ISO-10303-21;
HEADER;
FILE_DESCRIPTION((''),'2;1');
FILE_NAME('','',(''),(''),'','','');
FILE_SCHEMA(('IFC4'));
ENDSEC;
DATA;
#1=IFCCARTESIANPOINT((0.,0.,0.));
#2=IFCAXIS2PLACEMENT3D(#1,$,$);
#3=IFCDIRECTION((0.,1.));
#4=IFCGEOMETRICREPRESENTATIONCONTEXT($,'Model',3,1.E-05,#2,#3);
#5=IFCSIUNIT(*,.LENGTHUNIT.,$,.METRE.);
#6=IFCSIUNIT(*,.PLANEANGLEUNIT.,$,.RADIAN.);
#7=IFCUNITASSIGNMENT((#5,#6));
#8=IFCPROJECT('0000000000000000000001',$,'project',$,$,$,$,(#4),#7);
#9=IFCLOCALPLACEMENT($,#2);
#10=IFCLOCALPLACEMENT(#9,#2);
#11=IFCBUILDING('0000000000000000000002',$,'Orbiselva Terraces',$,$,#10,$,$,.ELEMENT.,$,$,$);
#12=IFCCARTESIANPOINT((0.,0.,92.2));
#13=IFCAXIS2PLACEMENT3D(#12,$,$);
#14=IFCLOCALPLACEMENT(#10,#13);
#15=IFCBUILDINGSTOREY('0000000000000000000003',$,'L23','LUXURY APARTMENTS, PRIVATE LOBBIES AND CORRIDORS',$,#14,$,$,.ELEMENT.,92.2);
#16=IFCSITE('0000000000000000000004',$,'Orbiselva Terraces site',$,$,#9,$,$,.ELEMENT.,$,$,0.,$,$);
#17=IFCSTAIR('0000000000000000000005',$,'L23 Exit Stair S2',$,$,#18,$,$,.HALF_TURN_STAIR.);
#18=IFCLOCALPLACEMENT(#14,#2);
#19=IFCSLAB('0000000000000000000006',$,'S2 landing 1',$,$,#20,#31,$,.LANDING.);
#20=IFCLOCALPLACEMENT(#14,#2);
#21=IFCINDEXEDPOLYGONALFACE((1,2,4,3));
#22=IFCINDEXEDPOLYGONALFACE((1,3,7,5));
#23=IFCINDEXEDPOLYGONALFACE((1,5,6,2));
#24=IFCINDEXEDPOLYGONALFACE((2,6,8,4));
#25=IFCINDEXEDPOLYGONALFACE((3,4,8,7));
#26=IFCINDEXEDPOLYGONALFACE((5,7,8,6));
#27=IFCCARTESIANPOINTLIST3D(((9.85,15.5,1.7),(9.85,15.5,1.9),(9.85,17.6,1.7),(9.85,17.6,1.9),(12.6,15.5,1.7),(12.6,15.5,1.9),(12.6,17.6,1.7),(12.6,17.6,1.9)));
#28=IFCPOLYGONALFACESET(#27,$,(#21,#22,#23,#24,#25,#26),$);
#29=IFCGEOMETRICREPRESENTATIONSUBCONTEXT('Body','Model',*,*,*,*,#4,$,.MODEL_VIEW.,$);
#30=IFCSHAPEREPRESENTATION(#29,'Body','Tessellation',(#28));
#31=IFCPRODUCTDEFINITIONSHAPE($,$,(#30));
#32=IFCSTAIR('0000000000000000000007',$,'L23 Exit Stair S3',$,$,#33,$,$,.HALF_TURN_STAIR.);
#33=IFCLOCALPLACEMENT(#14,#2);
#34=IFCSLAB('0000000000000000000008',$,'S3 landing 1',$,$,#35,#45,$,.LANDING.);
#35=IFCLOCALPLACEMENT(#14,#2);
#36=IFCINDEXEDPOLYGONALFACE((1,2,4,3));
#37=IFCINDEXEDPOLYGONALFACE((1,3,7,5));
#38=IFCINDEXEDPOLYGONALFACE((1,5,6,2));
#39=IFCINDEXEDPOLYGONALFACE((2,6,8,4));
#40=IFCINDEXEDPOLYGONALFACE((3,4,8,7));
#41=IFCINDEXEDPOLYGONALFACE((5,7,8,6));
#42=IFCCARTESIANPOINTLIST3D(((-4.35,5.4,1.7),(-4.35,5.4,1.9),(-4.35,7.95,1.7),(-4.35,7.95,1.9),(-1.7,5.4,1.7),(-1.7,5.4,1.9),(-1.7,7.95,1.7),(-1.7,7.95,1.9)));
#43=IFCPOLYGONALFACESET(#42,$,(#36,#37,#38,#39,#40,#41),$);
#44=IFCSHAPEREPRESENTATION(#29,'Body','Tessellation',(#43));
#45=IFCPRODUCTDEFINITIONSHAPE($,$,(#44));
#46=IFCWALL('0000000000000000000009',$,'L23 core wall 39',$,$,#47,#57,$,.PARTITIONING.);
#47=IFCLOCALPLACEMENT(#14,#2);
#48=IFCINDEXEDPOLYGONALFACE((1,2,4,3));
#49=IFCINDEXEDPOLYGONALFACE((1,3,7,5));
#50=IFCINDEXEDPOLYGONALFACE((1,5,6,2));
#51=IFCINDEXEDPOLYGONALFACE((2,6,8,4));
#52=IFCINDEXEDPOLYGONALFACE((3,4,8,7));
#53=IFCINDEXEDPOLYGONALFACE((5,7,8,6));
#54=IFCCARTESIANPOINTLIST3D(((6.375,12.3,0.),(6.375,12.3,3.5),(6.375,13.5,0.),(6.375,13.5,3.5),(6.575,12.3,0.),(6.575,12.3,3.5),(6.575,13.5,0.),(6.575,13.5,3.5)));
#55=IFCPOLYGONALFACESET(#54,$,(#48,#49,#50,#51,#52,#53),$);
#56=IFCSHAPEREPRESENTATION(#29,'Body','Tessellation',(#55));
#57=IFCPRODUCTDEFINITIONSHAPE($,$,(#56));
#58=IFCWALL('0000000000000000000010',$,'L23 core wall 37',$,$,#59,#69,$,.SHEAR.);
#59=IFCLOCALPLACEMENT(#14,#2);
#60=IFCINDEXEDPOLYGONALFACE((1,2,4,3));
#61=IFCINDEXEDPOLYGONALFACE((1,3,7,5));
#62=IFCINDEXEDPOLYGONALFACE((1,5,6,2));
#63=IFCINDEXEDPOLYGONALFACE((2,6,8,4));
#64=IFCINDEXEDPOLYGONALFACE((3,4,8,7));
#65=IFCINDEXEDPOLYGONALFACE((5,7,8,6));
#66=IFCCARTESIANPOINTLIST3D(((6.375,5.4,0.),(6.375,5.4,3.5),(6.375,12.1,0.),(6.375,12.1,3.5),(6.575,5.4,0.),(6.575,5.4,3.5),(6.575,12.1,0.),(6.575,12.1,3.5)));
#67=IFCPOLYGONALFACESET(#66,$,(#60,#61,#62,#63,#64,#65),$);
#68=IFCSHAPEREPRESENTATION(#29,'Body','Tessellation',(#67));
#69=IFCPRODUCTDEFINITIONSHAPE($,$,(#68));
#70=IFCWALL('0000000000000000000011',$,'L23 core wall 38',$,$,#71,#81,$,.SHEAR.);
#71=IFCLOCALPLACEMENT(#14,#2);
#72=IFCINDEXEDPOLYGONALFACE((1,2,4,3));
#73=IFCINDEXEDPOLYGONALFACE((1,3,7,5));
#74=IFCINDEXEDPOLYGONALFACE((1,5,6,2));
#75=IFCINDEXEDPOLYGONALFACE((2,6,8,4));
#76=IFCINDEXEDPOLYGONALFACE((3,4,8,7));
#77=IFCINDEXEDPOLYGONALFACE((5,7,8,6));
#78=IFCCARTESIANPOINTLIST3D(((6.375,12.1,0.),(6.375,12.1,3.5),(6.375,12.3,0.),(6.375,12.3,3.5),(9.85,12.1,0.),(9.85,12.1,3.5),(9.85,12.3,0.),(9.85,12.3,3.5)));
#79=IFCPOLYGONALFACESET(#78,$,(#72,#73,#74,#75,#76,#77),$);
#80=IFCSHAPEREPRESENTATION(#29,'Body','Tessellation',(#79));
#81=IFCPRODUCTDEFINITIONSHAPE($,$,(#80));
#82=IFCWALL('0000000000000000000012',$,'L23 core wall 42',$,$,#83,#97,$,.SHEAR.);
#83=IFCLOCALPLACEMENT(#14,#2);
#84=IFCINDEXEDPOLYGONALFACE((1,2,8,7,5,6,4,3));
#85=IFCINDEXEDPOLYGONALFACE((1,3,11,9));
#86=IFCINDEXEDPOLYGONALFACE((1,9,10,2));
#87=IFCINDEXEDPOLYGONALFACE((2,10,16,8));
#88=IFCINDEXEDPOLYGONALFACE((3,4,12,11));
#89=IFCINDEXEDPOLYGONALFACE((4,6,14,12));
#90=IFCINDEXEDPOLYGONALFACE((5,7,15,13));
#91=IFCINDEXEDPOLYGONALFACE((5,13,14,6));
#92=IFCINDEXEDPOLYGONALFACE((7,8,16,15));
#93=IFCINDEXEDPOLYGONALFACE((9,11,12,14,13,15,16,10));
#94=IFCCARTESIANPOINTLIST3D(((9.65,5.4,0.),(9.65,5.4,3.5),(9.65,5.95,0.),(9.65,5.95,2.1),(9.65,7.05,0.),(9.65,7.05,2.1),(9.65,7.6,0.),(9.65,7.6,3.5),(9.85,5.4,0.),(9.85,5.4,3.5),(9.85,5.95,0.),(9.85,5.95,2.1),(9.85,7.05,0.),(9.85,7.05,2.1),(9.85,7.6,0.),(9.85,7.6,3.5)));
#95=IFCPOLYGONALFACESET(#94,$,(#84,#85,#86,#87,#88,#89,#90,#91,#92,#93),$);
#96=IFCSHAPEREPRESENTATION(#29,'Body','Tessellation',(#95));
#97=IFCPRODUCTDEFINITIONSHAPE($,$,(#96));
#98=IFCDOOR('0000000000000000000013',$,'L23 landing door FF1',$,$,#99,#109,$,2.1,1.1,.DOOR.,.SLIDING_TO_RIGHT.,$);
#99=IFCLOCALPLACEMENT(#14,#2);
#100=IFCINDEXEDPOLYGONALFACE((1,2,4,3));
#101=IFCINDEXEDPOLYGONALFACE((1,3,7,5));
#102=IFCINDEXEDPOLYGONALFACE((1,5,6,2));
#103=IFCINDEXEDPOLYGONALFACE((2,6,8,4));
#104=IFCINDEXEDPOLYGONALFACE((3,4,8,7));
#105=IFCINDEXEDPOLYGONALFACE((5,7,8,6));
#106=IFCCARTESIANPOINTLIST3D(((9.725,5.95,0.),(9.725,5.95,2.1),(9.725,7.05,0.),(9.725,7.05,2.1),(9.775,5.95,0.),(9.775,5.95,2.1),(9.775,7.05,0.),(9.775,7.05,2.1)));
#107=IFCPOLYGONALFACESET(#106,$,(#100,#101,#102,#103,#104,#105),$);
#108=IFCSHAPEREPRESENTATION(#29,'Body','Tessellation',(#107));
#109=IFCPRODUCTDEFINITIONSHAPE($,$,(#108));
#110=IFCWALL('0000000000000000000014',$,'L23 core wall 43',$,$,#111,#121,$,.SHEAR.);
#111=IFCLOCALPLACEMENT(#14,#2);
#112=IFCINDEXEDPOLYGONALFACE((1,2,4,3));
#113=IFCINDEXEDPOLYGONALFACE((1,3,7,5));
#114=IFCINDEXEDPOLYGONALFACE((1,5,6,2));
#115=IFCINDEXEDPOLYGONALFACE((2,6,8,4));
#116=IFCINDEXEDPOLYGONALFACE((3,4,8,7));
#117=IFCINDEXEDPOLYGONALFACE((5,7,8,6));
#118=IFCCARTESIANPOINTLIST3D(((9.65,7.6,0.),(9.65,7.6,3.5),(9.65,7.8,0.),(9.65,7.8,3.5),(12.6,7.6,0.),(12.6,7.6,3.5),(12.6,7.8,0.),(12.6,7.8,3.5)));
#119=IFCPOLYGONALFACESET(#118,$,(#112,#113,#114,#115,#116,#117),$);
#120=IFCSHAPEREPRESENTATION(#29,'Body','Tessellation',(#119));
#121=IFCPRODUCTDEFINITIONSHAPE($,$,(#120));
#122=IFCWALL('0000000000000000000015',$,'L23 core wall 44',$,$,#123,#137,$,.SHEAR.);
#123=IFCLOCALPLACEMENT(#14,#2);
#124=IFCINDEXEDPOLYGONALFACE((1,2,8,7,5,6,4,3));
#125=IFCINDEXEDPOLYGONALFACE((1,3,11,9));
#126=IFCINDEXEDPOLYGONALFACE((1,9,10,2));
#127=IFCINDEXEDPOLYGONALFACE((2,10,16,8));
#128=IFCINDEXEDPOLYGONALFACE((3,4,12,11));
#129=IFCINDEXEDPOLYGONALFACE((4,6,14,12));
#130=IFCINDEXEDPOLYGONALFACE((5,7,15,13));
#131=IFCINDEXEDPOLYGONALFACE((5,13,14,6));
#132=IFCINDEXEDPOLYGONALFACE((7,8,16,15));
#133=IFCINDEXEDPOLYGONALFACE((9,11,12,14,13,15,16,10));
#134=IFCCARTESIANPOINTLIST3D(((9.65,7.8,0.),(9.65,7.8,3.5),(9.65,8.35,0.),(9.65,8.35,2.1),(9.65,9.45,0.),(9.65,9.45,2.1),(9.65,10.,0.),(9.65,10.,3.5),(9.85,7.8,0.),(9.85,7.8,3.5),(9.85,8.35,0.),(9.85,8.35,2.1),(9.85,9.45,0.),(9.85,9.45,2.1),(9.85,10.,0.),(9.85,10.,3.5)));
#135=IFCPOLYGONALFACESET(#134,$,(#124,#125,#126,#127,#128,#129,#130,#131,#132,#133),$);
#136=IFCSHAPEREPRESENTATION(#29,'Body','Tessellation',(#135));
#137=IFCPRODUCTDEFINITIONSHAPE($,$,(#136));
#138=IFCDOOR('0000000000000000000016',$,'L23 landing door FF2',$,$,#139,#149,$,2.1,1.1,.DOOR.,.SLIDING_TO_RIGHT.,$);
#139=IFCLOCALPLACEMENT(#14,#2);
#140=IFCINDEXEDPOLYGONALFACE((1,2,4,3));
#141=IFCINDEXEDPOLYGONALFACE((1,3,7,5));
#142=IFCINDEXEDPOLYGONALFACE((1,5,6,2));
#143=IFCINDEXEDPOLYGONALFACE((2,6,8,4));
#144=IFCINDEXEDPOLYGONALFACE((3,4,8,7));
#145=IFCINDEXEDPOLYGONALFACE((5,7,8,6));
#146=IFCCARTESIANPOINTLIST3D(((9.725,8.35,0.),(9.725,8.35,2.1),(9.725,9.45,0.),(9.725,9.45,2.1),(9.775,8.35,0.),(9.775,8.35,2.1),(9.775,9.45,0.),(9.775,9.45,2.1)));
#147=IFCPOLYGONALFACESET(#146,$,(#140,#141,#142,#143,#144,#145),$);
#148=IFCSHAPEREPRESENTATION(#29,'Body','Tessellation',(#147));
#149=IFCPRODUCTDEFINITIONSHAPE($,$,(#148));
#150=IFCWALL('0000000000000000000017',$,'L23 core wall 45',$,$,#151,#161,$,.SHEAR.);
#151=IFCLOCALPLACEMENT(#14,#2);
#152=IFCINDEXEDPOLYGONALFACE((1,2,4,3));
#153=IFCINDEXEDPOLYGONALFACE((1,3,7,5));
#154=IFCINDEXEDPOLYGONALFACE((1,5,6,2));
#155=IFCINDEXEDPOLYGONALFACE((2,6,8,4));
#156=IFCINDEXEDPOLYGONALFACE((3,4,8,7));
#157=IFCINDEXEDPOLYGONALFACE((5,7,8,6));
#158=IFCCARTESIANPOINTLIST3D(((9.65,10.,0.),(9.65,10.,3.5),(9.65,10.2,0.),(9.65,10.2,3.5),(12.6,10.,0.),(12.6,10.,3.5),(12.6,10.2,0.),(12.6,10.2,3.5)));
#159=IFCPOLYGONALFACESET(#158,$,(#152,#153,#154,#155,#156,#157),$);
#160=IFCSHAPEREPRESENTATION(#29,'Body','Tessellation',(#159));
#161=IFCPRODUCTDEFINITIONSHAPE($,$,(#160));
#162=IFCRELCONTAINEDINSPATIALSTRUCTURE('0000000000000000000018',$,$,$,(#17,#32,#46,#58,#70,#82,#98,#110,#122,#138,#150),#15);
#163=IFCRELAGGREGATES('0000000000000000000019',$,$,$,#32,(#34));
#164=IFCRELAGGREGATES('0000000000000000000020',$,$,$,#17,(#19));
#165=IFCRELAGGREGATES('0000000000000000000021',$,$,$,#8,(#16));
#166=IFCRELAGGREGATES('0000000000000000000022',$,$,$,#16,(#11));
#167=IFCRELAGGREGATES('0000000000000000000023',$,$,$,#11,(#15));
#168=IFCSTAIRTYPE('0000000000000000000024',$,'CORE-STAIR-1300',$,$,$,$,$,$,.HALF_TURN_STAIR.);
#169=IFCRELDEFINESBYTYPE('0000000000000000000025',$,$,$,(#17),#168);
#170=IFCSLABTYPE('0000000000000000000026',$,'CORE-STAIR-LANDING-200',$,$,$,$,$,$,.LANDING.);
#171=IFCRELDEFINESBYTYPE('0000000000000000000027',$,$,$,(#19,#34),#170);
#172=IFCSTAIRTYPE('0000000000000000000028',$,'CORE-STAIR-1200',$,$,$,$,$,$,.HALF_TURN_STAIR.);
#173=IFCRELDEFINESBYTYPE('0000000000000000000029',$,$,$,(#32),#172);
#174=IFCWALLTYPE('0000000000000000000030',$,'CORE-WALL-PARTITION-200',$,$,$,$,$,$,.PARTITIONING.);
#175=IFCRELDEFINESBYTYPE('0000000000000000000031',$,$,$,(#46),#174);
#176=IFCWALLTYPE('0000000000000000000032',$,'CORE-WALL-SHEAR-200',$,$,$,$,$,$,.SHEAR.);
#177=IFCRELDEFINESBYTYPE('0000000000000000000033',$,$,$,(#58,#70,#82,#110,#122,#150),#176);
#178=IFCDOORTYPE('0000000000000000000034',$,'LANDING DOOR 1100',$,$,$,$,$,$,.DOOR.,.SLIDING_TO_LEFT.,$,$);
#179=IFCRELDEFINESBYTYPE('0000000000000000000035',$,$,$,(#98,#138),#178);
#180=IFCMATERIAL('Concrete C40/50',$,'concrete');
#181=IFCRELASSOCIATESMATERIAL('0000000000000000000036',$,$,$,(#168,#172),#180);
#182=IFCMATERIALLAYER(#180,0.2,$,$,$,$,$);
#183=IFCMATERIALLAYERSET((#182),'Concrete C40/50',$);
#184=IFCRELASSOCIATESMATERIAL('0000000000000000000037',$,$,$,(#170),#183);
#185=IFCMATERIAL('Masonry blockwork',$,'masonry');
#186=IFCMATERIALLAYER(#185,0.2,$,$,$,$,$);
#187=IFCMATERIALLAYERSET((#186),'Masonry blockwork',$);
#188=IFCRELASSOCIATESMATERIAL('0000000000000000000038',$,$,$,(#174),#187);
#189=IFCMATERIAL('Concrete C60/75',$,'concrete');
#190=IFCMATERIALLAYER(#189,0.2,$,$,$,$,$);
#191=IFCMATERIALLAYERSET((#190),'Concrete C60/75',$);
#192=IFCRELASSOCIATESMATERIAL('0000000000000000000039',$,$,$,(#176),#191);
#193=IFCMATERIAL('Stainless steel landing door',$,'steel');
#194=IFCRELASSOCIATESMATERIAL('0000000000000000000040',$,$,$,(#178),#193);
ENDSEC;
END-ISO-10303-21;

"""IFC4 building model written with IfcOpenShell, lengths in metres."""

from ifc_helpers import new_model, si_unit, direction, frame, frame_2d, origin, place, context, subcontext, project, spatial, polyline, rectangle, outline, extrude, material, layer, layer_set, type_object, element, fill, aggregate, save


model = new_model("IFC4")

# Units and contexts
model_context = context("Model", 3, precision=1e-05, world=origin(), true_north=direction((0.0, 1.0)))
body_context = subcontext(model_context, "Body", "Model", "MODEL_VIEW")
ifc_project = project(units=[si_unit("LENGTHUNIT", "METRE"), si_unit("PLANEANGLEUNIT", "RADIAN")], contexts=[model_context])

# Site, building, storey
site_placement = place(None, origin())
site = spatial("IfcSite", under=ifc_project, at=site_placement, Name="Orbiselva Terraces site", CompositionType="ELEMENT", RefElevation=0.0)
building_placement = place(site_placement, origin())
building = spatial("IfcBuilding", under=site, at=building_placement, Name="Orbiselva Terraces", CompositionType="ELEMENT")
storey_placement = place(building_placement, frame((0.0, 0.0, 92.2)))
storey = spatial("IfcBuildingStorey", under=building, at=storey_placement, Name="L23", Description="LUXURY APARTMENTS, PRIVATE LOBBIES AND CORRIDORS", CompositionType="ELEMENT", Elevation=92.2)

# Stairs, slabs
ifc_material_1 = material(Name="Concrete C40/50", Category="concrete")
stair_type_1 = type_object("IfcStairType", Name="CORE-STAIR-1300", PredefinedType="HALF_TURN_STAIR", material=ifc_material_1)
stair_1_placement = place(storey_placement, origin())
stair_1 = element("IfcStair", 1, at=stair_1_placement, inside=storey, type_object=stair_type_1, Name="L23 Exit Stair S2", PredefinedType="HALF_TURN_STAIR")
ifc_layer_1 = layer(ifc_material_1, 0.2)
ifc_layer_set_1 = layer_set([ifc_layer_1], Name="Concrete C40/50")
slab_type = type_object("IfcSlabType", Name="CORE-STAIR-LANDING-200", PredefinedType="LANDING", material=ifc_layer_set_1)
slab_1_placement = place(storey_placement, frame((0.0, 0.0, 1.7)))
slab_1 = element("IfcSlab", 2, at=slab_1_placement, type_object=slab_type, Name="S2 landing 1", PredefinedType="LANDING", context=body_context, shape_type="SweptSolid", body=[
    extrude(outline(polyline([(12.6, 15.5), (12.6, 17.6), (9.85, 17.6), (9.85, 15.5), (12.6, 15.5)])), origin(), (0.0, 0.0, 1.0), 0.2),
])
stair_type_2 = type_object("IfcStairType", Name="CORE-STAIR-1200", PredefinedType="HALF_TURN_STAIR", material=ifc_material_1)
stair_2_placement = place(storey_placement, origin())
stair_2 = element("IfcStair", 3, at=stair_2_placement, inside=storey, type_object=stair_type_2, Name="L23 Exit Stair S3", PredefinedType="HALF_TURN_STAIR")
slab_2_placement = place(storey_placement, frame((0.0, 0.0, 1.7)))
slab_2 = element("IfcSlab", 4, at=slab_2_placement, type_object=slab_type, Name="S3 landing 1", PredefinedType="LANDING", context=body_context, shape_type="SweptSolid", body=[
    extrude(outline(polyline([(-4.35, 5.4), (-1.7, 5.4), (-1.7, 7.95), (-4.35, 7.95), (-4.35, 5.4)])), origin(), (0.0, 0.0, 1.0), 0.2),
])
aggregate(stair_2, [slab_2])

# Walls
ifc_material_2 = material(Name="Masonry blockwork", Category="masonry")
ifc_layer_2 = layer(ifc_material_2, 0.2)
ifc_layer_set_2 = layer_set([ifc_layer_2], Name="Masonry blockwork")
wall_type_1 = type_object("IfcWallType", Name="CORE-WALL-PARTITION-200", PredefinedType="PARTITIONING", material=ifc_layer_set_2)
wall_1_placement = place(storey_placement, frame((6.475, 12.3, 0.0), z_axis=(0.0, 0.0, 1.0), x_axis=(0.0, 1.0, 0.0)))
element("IfcWall", 5, at=wall_1_placement, inside=storey, type_object=wall_type_1, Name="L23 core wall 39", PredefinedType="PARTITIONING", context=body_context, shape_type="SweptSolid", body=[
    extrude(rectangle(XDim=1.2, YDim=0.2, at=frame_2d((0.6, 0.0))), origin(), (0.0, 0.0, 1.0), 3.5),
])
ifc_material_3 = material(Name="Concrete C60/75", Category="concrete")
ifc_layer_3 = layer(ifc_material_3, 0.2)
ifc_layer_set_3 = layer_set([ifc_layer_3], Name="Concrete C60/75")
wall_type_2 = type_object("IfcWallType", Name="CORE-WALL-SHEAR-200", PredefinedType="SHEAR", material=ifc_layer_set_3)
wall_2_placement = place(storey_placement, frame((6.475, 5.4, 0.0), z_axis=(0.0, 0.0, 1.0), x_axis=(0.0, 1.0, 0.0)))
element("IfcWall", 6, at=wall_2_placement, inside=storey, type_object=wall_type_2, Name="L23 core wall 37", PredefinedType="SHEAR", context=body_context, shape_type="SweptSolid", body=[
    extrude(rectangle(XDim=6.7, YDim=0.2, at=frame_2d((3.35, 0.0))), origin(), (0.0, 0.0, 1.0), 3.5),
])
wall_3_placement = place(storey_placement, frame((6.375, 12.2, 0.0), z_axis=(0.0, 0.0, 1.0), x_axis=(1.0, 0.0, 0.0)))
element("IfcWall", 7, at=wall_3_placement, inside=storey, type_object=wall_type_2, Name="L23 core wall 38", PredefinedType="SHEAR", context=body_context, shape_type="SweptSolid", body=[
    extrude(rectangle(XDim=3.475, YDim=0.2, at=frame_2d((1.7375, 0.0))), origin(), (0.0, 0.0, 1.0), 3.5),
])

# Wall, opening, door
wall_4_placement = place(storey_placement, frame((9.75, 5.4, 0.0), z_axis=(0.0, 0.0, 1.0), x_axis=(0.0, 1.0, 0.0)))
wall_4 = element("IfcWall", 8, at=wall_4_placement, inside=storey, type_object=wall_type_2, Name="L23 core wall 42", PredefinedType="SHEAR", context=body_context, shape_type="SweptSolid", body=[
    extrude(rectangle(XDim=2.2, YDim=0.2, at=frame_2d((1.1, 0.0))), origin(), (0.0, 0.0, 1.0), 3.5),
])
opening_1_placement = place(wall_4_placement, frame((0.55, 0.0, 0.0)))
opening_1 = element("IfcOpeningElement", 9, at=opening_1_placement, cuts=wall_4, PredefinedType="OPENING", context=body_context, shape_type="SweptSolid", body=[
    extrude(rectangle(XDim=1.1, YDim=2.1, at=frame_2d((0.55, 1.05))), frame((0.0, 0.11, 0.0), z_axis=(0.0, -1.0, 0.0), x_axis=(1.0, 0.0, 0.0)), (0.0, 0.0, 1.0), 0.22),
])
ifc_material_4 = material(Name="Stainless steel landing door", Category="steel")
door_type_1 = type_object("IfcDoorType", Name="LANDING DOOR 1100", OperationType="SLIDING_TO_LEFT", PredefinedType="DOOR", material=ifc_material_4)
door_1_placement = place(opening_1_placement, origin())
door_1 = element("IfcDoor", 10, at=door_1_placement, inside=storey, type_object=door_type_1, Name="L23 landing door FF1", OperationType="SLIDING_TO_RIGHT", OverallHeight=2.1, OverallWidth=1.1, PredefinedType="DOOR", context=body_context, shape_type="SweptSolid", body=[
    extrude(rectangle(XDim=1.1, YDim=2.1, at=frame_2d((0.55, 1.05))), frame((0.0, 0.025, 0.0), z_axis=(0.0, -1.0, 0.0), x_axis=(1.0, 0.0, 0.0)), (0.0, 0.0, 1.0), 0.05),
])
fill(opening_1, door_1)

# Wall
wall_5_placement = place(storey_placement, frame((9.65, 7.7, 0.0), z_axis=(0.0, 0.0, 1.0), x_axis=(1.0, 0.0, 0.0)))
element("IfcWall", 11, at=wall_5_placement, inside=storey, type_object=wall_type_2, Name="L23 core wall 43", PredefinedType="SHEAR", context=body_context, shape_type="SweptSolid", body=[
    extrude(rectangle(XDim=2.95, YDim=0.2, at=frame_2d((1.475, 0.0))), origin(), (0.0, 0.0, 1.0), 3.5),
])

# Wall, opening, door
wall_6_placement = place(storey_placement, frame((9.75, 7.8, 0.0), z_axis=(0.0, 0.0, 1.0), x_axis=(0.0, 1.0, 0.0)))
wall_6 = element("IfcWall", 12, at=wall_6_placement, inside=storey, type_object=wall_type_2, Name="L23 core wall 44", PredefinedType="SHEAR", context=body_context, shape_type="SweptSolid", body=[
    extrude(rectangle(XDim=2.2, YDim=0.2, at=frame_2d((1.1, 0.0))), origin(), (0.0, 0.0, 1.0), 3.5),
])
opening_2_placement = place(wall_6_placement, frame((0.55, 0.0, 0.0)))
opening_2 = element("IfcOpeningElement", 13, at=opening_2_placement, cuts=wall_6, PredefinedType="OPENING", context=body_context, shape_type="SweptSolid", body=[
    extrude(rectangle(XDim=1.1, YDim=2.1, at=frame_2d((0.55, 1.05))), frame((0.0, 0.11, 0.0), z_axis=(0.0, -1.0, 0.0), x_axis=(1.0, 0.0, 0.0)), (0.0, 0.0, 1.0), 0.22),
])
door_2_placement = place(opening_2_placement, origin())
door_2 = element("IfcDoor", 14, at=door_2_placement, inside=storey, type_object=door_type_1, Name="L23 landing door FF2", OperationType="SLIDING_TO_RIGHT", OverallHeight=2.1, OverallWidth=1.1, PredefinedType="DOOR", context=body_context, shape_type="SweptSolid", body=[
    extrude(rectangle(XDim=1.1, YDim=2.1, at=frame_2d((0.55, 1.05))), frame((0.0, 0.025, 0.0), z_axis=(0.0, -1.0, 0.0), x_axis=(1.0, 0.0, 0.0)), (0.0, 0.0, 1.0), 0.05),
])
fill(opening_2, door_2)

# Wall
wall_7_placement = place(storey_placement, frame((9.65, 10.1, 0.0), z_axis=(0.0, 0.0, 1.0), x_axis=(1.0, 0.0, 0.0)))
element("IfcWall", 15, at=wall_7_placement, inside=storey, type_object=wall_type_2, Name="L23 core wall 45", PredefinedType="SHEAR", context=body_context, shape_type="SweptSolid", body=[
    extrude(rectangle(XDim=2.95, YDim=0.2, at=frame_2d((1.475, 0.0))), origin(), (0.0, 0.0, 1.0), 3.5),
])

aggregate(stair_1, [slab_1])

save(model, "model.ifc")
